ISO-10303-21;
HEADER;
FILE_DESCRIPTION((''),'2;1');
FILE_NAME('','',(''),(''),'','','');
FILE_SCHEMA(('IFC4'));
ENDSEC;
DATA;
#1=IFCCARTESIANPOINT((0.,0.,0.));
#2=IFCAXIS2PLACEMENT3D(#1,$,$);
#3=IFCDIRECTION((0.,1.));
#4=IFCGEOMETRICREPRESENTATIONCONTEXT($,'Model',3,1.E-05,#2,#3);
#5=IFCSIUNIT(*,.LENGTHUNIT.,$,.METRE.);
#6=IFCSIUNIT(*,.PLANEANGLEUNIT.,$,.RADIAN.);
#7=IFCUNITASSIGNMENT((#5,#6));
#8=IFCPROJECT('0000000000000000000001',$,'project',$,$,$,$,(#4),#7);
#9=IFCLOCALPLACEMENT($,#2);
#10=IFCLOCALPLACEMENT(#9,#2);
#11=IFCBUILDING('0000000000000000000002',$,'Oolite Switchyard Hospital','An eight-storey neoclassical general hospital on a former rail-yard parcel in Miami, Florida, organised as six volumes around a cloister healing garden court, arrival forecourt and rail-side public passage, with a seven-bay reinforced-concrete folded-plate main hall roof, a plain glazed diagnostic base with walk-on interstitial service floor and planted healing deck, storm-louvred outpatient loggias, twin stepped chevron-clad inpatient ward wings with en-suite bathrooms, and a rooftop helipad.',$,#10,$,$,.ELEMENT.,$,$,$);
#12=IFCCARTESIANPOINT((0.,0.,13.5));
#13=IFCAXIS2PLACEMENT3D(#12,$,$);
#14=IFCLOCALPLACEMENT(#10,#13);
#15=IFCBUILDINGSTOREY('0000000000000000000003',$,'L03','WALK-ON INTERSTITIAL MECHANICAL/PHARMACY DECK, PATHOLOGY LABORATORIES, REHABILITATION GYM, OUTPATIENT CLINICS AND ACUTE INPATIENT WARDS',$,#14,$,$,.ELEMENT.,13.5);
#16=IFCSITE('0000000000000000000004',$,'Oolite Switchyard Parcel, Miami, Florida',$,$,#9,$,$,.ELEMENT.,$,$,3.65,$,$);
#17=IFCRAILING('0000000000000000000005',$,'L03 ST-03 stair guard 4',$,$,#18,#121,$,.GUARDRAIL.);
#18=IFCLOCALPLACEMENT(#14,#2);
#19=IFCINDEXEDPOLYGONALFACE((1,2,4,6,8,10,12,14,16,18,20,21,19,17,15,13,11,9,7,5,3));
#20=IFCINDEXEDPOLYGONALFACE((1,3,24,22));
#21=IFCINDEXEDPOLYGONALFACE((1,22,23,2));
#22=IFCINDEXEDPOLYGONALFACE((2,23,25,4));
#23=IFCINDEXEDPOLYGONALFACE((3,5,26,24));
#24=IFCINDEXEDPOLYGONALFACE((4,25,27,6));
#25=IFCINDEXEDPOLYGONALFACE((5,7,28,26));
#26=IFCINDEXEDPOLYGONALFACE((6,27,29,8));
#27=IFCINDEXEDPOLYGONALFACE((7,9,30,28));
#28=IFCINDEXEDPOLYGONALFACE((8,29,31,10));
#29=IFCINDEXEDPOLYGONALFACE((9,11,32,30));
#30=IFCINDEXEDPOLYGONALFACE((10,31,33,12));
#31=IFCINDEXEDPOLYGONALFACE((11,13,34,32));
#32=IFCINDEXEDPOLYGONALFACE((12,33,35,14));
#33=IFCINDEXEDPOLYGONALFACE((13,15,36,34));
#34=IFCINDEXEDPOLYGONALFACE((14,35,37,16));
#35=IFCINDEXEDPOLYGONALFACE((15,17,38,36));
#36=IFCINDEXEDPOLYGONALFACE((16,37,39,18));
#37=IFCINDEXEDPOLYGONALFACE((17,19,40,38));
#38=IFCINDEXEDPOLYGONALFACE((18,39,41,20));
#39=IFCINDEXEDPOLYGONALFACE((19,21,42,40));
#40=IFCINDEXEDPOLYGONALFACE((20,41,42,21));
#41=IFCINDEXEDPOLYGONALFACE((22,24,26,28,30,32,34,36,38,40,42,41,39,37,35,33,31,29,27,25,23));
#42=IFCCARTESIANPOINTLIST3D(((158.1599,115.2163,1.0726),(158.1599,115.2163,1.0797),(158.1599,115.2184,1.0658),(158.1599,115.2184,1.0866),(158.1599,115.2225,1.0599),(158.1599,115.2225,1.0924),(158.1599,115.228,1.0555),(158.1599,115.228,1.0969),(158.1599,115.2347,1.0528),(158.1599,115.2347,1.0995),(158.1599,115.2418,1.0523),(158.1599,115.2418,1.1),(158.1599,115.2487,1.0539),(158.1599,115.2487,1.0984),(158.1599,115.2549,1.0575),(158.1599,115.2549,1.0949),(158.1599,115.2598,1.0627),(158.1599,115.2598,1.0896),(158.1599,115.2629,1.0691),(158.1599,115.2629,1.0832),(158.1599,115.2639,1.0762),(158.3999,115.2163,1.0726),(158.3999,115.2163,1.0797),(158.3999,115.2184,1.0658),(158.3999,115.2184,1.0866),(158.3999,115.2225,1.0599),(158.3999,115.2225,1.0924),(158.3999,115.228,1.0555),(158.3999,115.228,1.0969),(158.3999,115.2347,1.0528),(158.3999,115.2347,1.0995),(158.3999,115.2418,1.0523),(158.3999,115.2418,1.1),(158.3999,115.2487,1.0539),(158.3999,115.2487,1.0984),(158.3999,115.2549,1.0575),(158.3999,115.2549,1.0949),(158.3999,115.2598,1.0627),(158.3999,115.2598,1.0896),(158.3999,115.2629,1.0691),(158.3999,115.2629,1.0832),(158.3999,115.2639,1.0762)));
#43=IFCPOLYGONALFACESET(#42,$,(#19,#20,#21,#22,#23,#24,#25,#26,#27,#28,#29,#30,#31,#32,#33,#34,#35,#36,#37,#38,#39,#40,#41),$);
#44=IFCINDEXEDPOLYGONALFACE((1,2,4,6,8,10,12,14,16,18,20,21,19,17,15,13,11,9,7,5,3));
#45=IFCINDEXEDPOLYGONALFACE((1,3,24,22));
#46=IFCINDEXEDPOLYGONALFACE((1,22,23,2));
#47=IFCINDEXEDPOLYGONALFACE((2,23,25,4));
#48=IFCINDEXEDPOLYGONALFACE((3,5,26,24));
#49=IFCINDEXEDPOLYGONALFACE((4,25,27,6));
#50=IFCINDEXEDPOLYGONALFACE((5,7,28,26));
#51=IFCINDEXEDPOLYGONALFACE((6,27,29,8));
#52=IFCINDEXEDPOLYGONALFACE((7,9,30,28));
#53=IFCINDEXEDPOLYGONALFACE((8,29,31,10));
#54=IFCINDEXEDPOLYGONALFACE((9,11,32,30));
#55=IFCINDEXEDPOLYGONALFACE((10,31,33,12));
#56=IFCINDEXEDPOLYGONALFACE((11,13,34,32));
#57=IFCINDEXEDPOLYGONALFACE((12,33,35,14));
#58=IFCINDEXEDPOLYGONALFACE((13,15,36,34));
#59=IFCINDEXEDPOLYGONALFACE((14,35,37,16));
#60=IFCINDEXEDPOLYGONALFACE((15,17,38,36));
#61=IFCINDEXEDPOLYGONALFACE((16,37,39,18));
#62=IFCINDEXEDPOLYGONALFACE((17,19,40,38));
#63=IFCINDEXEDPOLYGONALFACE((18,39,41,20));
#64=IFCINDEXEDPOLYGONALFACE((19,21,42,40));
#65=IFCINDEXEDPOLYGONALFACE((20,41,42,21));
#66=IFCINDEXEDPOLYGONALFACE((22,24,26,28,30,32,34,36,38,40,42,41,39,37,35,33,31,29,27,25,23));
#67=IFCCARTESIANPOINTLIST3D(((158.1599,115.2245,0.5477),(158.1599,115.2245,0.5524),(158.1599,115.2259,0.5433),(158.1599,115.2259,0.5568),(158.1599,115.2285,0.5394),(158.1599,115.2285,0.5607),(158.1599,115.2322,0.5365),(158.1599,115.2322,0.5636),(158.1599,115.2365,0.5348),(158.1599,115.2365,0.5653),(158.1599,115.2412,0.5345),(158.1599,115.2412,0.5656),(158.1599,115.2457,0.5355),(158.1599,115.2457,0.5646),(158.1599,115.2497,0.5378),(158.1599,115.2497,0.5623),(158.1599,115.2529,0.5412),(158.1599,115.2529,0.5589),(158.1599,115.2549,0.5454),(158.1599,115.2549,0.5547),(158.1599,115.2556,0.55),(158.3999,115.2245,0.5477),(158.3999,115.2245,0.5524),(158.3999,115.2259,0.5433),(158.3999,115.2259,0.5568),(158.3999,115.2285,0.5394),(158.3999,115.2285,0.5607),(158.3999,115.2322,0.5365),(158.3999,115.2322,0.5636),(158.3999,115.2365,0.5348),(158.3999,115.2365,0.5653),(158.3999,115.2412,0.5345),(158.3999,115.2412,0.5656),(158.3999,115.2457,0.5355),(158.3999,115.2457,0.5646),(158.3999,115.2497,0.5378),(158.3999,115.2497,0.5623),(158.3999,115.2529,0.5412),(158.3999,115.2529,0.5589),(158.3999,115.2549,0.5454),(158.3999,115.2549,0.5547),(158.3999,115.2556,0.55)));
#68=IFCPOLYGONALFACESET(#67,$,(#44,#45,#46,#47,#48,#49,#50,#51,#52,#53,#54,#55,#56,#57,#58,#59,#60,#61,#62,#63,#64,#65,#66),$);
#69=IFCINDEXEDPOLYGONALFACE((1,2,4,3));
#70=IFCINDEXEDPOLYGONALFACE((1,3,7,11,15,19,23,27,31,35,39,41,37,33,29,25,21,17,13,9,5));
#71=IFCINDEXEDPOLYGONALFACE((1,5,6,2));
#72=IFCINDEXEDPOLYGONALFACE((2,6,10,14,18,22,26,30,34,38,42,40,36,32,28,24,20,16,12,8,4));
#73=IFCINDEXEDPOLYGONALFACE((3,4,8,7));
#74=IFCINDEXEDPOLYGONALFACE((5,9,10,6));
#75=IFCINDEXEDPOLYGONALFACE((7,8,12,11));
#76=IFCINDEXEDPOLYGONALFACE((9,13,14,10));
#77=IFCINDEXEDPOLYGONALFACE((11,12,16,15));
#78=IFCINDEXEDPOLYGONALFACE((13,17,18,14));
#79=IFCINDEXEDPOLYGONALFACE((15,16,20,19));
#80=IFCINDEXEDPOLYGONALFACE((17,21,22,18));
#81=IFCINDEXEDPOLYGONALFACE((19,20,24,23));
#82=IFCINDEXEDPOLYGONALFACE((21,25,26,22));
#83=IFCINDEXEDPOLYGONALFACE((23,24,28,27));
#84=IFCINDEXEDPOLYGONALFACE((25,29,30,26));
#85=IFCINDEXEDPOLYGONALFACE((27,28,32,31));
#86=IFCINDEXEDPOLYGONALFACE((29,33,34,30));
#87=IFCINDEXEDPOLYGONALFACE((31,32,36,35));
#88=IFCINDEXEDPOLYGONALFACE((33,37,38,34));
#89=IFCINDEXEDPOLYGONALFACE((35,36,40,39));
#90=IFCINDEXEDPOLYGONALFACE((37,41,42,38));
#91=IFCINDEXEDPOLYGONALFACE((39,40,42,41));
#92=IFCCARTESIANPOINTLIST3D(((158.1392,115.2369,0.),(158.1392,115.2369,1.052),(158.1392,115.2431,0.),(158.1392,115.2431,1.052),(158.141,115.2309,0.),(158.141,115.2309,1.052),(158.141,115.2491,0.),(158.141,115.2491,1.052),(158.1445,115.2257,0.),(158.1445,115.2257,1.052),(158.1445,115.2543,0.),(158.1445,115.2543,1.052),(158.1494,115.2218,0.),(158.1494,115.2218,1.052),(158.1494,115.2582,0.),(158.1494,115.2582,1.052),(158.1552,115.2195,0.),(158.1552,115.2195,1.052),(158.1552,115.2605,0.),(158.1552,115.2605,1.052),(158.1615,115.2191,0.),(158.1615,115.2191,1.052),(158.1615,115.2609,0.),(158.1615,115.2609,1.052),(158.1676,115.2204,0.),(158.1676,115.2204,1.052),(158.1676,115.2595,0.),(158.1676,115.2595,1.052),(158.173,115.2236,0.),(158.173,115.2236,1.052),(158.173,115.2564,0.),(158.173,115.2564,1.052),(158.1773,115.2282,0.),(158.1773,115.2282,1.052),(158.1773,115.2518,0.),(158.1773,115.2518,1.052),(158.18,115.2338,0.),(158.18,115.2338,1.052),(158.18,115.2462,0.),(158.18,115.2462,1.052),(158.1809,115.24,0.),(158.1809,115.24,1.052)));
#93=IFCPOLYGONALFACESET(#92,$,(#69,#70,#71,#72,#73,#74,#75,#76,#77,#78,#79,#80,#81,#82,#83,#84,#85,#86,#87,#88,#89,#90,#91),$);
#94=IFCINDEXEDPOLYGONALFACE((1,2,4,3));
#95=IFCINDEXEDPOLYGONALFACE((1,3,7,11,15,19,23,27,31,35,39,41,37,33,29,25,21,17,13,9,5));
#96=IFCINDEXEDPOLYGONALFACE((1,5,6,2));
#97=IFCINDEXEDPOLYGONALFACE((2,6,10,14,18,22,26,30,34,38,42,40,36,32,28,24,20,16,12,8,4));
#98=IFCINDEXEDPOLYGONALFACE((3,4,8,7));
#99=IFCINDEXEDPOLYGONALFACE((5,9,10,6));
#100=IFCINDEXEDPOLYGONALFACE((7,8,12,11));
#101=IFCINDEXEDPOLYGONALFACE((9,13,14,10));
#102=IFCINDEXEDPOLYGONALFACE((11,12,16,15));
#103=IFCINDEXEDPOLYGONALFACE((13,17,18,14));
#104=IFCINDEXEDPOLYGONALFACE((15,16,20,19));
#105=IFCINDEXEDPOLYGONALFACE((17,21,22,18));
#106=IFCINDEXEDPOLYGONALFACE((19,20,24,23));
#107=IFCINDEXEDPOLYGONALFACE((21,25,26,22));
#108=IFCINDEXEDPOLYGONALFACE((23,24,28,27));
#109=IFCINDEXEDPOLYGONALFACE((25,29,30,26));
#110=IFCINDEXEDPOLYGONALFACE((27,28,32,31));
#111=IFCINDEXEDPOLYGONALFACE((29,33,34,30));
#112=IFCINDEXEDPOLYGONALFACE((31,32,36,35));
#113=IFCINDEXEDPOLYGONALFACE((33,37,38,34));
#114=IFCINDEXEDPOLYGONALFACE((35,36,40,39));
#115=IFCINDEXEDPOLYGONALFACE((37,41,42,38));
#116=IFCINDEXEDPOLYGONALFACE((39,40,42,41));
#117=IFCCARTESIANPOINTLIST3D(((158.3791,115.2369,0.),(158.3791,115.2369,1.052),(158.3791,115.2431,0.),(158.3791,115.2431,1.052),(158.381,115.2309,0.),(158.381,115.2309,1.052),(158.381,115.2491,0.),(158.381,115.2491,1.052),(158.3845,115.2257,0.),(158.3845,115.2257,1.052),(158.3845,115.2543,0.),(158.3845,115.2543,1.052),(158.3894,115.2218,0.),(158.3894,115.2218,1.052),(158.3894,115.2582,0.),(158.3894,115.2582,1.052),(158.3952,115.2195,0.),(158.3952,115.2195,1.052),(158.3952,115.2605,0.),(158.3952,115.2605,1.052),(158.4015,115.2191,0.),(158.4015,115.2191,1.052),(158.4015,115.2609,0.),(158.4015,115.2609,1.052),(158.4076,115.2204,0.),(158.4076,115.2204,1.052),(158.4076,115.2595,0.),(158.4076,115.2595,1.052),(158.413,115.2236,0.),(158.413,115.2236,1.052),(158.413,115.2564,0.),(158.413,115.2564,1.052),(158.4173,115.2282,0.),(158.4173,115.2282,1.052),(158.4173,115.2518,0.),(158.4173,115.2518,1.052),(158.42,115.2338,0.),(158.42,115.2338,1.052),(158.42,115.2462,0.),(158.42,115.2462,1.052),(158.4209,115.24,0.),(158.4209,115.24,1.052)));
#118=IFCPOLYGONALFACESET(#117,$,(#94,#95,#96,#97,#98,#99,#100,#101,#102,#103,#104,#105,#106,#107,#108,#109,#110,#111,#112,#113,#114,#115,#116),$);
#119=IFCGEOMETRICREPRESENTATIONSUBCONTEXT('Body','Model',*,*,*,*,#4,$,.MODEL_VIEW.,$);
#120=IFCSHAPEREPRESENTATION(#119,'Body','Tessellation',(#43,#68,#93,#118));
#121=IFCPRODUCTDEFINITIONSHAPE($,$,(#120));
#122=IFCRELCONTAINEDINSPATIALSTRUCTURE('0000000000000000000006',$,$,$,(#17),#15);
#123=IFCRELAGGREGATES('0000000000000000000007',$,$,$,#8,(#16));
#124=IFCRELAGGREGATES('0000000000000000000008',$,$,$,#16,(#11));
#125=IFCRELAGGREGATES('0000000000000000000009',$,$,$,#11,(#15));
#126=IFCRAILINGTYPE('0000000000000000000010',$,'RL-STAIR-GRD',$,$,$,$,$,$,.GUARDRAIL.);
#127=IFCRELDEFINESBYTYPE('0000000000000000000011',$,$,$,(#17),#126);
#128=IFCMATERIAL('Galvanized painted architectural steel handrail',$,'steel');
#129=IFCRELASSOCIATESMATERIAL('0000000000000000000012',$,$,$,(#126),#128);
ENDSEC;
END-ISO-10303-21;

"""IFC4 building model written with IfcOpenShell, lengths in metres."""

from ifc_helpers import new_model, si_unit, direction, frame, origin, origin_2d, place, context, subcontext, project, spatial, circle, extrude, material, type_object, element, save


model = new_model("IFC4")

# Units and contexts
model_context = context("Model", 3, precision=1e-05, world=origin(), true_north=direction((0.0, 1.0)))
body_context = subcontext(model_context, "Body", "Model", "MODEL_VIEW")
ifc_project = project(units=[si_unit("LENGTHUNIT", "METRE"), si_unit("PLANEANGLEUNIT", "RADIAN")], contexts=[model_context])

# Site, building, storey
site_placement = place(None, origin())
site = spatial("IfcSite", under=ifc_project, at=site_placement, Name="Oolite Switchyard Parcel, Miami, Florida", CompositionType="ELEMENT", RefElevation=3.65)
building_placement = place(site_placement, origin())
building = spatial("IfcBuilding", under=site, at=building_placement, Name="Oolite Switchyard Hospital", Description="An eight-storey neoclassical general hospital on a former rail-yard parcel in Miami, Florida, organised as six volumes around a cloister healing garden court, arrival forecourt and rail-side public passage, with a seven-bay reinforced-concrete folded-plate main hall roof, a plain glazed diagnostic base with walk-on interstitial service floor and planted healing deck, storm-louvred outpatient loggias, twin stepped chevron-clad inpatient ward wings with en-suite bathrooms, and a rooftop helipad.", CompositionType="ELEMENT")
storey_placement = place(building_placement, frame((0.0, 0.0, 13.5)))
storey = spatial("IfcBuildingStorey", under=building, at=storey_placement, Name="L03", Description="WALK-ON INTERSTITIAL MECHANICAL/PHARMACY DECK, PATHOLOGY LABORATORIES, REHABILITATION GYM, OUTPATIENT CLINICS AND ACUTE INPATIENT WARDS", CompositionType="ELEMENT", Elevation=13.5)

# Railing
ifc_material_1 = material(Name="Galvanized painted architectural steel handrail", Category="steel")
railing_type_1 = type_object("IfcRailingType", Name="RL-STAIR-GRD", PredefinedType="GUARDRAIL", material=ifc_material_1)
railing_1_placement = place(storey_placement, frame((158.1599, 115.24, 0.0)))
element("IfcRailing", 1, at=railing_1_placement, inside=storey, type_object=railing_type_1, Name="L03 ST-03 stair guard 4", PredefinedType="GUARDRAIL", context=body_context, shape_type="SweptSolid", body=[
    extrude(circle(Radius=0.0239, at=origin_2d()), frame((0.0, 0.0, 1.0762), z_axis=(1.0, 0.0, 0.0), x_axis=(0.0, 1.0, 0.0)), (0.0, 0.0, 1.0), 0.24),
    extrude(circle(Radius=0.0156, at=origin_2d()), frame((0.0, 0.0, 0.55), z_axis=(1.0, 0.0, 0.0), x_axis=(0.0, 1.0, 0.0)), (0.0, 0.0, 1.0), 0.24),
    extrude(circle(Radius=0.021, at=origin_2d()), origin(), (0.0, 0.0, 1.0), 1.052),
    extrude(circle(Radius=0.021, at=origin_2d()), frame((0.24, 0.0, 0.0)), (0.0, 0.0, 1.0), 1.052),
])

save(model, "model.ifc")
